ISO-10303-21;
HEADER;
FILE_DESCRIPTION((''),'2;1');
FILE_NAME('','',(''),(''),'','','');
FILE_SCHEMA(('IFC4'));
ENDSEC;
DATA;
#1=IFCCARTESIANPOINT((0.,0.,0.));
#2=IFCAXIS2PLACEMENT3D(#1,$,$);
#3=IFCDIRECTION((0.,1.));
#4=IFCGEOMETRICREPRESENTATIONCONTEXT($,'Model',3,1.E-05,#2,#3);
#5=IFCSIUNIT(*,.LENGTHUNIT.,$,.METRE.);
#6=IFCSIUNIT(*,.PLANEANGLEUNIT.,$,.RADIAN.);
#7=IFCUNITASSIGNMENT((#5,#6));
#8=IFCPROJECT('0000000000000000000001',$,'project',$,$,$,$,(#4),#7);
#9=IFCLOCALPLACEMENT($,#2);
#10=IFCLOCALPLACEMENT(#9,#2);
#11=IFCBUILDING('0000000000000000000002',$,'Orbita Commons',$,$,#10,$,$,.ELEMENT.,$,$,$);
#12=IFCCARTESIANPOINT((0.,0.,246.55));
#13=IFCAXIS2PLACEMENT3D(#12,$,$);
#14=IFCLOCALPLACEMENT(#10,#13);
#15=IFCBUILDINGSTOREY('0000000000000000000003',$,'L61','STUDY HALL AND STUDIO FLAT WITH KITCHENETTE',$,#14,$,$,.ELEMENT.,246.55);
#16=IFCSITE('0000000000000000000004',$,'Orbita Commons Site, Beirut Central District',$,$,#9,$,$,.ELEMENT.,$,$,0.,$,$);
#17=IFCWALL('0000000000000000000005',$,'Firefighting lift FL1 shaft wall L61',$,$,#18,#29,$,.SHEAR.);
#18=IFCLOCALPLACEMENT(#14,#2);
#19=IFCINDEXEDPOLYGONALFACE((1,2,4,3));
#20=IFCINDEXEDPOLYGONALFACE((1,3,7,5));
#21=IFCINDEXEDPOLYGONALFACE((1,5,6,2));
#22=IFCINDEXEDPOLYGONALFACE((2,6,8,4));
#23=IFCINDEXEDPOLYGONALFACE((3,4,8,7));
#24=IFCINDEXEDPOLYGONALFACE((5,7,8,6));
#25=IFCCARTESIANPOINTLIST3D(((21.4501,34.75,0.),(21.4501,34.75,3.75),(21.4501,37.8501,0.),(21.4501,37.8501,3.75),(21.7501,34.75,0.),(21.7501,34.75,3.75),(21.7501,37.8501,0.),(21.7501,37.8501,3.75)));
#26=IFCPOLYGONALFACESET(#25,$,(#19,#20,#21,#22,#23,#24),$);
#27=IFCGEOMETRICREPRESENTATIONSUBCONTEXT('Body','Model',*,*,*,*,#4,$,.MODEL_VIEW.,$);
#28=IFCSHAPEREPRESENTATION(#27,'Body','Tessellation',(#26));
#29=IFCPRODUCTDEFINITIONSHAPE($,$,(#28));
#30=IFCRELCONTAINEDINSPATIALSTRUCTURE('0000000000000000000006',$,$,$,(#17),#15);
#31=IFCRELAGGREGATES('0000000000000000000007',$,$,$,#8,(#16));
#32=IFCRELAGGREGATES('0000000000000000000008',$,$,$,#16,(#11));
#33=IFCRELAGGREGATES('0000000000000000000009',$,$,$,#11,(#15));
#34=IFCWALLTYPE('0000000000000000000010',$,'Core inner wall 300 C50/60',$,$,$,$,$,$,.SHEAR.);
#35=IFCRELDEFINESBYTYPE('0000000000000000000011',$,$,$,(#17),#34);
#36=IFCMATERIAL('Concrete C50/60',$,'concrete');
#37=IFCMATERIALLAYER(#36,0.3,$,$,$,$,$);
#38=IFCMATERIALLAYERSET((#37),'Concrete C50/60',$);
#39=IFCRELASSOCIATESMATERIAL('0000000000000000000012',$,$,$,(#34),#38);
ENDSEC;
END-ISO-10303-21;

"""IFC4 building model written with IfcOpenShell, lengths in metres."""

from ifc_helpers import new_model, si_unit, direction, frame, frame_2d, origin, place, context, subcontext, project, spatial, rectangle, extrude, material, layer, layer_set, type_object, element, save


model = new_model("IFC4")

# Units and contexts
model_context = context("Model", 3, precision=1e-05, world=origin(), true_north=direction((0.0, 1.0)))
body_context = subcontext(model_context, "Body", "Model", "MODEL_VIEW")
ifc_project = project(units=[si_unit("LENGTHUNIT", "METRE"), si_unit("PLANEANGLEUNIT", "RADIAN")], contexts=[model_context])

# Site, building, storey
site_placement = place(None, origin())
site = spatial("IfcSite", under=ifc_project, at=site_placement, Name="Orbita Commons Site, Beirut Central District", CompositionType="ELEMENT", RefElevation=0.0)
building_placement = place(site_placement, origin())
building = spatial("IfcBuilding", under=site, at=building_placement, Name="Orbita Commons", CompositionType="ELEMENT")
storey_placement = place(building_placement, frame((0.0, 0.0, 246.55)))
storey = spatial("IfcBuildingStorey", under=building, at=storey_placement, Name="L61", Description="STUDY HALL AND STUDIO FLAT WITH KITCHENETTE", CompositionType="ELEMENT", Elevation=246.55)

# Shared definitions
ifc_material_1 = material(Name="Concrete C50/60", Category="concrete")
ifc_layer = layer(ifc_material_1, 0.3)
ifc_layer_set = layer_set([ifc_layer], Name="Concrete C50/60")
wall_type = type_object("IfcWallType", Name="Core inner wall 300 C50/60", PredefinedType="SHEAR", material=ifc_layer_set)

# Wall
wall_1_placement = place(storey_placement, frame((21.6001, 34.75, 0.0), z_axis=(0.0, 0.0, 1.0), x_axis=(0.0, 1.0, 0.0)))
element("IfcWall", 1, at=wall_1_placement, inside=storey, type_object=wall_type, Name="Firefighting lift FL1 shaft wall L61", PredefinedType="SHEAR", context=body_context, shape_type="SweptSolid", body=[
    extrude(rectangle(XDim=3.1001, YDim=0.3, at=frame_2d((1.55, 0.0))), origin(), (0.0, 0.0, 1.0), 3.75),
])

save(model, "model.ifc")
